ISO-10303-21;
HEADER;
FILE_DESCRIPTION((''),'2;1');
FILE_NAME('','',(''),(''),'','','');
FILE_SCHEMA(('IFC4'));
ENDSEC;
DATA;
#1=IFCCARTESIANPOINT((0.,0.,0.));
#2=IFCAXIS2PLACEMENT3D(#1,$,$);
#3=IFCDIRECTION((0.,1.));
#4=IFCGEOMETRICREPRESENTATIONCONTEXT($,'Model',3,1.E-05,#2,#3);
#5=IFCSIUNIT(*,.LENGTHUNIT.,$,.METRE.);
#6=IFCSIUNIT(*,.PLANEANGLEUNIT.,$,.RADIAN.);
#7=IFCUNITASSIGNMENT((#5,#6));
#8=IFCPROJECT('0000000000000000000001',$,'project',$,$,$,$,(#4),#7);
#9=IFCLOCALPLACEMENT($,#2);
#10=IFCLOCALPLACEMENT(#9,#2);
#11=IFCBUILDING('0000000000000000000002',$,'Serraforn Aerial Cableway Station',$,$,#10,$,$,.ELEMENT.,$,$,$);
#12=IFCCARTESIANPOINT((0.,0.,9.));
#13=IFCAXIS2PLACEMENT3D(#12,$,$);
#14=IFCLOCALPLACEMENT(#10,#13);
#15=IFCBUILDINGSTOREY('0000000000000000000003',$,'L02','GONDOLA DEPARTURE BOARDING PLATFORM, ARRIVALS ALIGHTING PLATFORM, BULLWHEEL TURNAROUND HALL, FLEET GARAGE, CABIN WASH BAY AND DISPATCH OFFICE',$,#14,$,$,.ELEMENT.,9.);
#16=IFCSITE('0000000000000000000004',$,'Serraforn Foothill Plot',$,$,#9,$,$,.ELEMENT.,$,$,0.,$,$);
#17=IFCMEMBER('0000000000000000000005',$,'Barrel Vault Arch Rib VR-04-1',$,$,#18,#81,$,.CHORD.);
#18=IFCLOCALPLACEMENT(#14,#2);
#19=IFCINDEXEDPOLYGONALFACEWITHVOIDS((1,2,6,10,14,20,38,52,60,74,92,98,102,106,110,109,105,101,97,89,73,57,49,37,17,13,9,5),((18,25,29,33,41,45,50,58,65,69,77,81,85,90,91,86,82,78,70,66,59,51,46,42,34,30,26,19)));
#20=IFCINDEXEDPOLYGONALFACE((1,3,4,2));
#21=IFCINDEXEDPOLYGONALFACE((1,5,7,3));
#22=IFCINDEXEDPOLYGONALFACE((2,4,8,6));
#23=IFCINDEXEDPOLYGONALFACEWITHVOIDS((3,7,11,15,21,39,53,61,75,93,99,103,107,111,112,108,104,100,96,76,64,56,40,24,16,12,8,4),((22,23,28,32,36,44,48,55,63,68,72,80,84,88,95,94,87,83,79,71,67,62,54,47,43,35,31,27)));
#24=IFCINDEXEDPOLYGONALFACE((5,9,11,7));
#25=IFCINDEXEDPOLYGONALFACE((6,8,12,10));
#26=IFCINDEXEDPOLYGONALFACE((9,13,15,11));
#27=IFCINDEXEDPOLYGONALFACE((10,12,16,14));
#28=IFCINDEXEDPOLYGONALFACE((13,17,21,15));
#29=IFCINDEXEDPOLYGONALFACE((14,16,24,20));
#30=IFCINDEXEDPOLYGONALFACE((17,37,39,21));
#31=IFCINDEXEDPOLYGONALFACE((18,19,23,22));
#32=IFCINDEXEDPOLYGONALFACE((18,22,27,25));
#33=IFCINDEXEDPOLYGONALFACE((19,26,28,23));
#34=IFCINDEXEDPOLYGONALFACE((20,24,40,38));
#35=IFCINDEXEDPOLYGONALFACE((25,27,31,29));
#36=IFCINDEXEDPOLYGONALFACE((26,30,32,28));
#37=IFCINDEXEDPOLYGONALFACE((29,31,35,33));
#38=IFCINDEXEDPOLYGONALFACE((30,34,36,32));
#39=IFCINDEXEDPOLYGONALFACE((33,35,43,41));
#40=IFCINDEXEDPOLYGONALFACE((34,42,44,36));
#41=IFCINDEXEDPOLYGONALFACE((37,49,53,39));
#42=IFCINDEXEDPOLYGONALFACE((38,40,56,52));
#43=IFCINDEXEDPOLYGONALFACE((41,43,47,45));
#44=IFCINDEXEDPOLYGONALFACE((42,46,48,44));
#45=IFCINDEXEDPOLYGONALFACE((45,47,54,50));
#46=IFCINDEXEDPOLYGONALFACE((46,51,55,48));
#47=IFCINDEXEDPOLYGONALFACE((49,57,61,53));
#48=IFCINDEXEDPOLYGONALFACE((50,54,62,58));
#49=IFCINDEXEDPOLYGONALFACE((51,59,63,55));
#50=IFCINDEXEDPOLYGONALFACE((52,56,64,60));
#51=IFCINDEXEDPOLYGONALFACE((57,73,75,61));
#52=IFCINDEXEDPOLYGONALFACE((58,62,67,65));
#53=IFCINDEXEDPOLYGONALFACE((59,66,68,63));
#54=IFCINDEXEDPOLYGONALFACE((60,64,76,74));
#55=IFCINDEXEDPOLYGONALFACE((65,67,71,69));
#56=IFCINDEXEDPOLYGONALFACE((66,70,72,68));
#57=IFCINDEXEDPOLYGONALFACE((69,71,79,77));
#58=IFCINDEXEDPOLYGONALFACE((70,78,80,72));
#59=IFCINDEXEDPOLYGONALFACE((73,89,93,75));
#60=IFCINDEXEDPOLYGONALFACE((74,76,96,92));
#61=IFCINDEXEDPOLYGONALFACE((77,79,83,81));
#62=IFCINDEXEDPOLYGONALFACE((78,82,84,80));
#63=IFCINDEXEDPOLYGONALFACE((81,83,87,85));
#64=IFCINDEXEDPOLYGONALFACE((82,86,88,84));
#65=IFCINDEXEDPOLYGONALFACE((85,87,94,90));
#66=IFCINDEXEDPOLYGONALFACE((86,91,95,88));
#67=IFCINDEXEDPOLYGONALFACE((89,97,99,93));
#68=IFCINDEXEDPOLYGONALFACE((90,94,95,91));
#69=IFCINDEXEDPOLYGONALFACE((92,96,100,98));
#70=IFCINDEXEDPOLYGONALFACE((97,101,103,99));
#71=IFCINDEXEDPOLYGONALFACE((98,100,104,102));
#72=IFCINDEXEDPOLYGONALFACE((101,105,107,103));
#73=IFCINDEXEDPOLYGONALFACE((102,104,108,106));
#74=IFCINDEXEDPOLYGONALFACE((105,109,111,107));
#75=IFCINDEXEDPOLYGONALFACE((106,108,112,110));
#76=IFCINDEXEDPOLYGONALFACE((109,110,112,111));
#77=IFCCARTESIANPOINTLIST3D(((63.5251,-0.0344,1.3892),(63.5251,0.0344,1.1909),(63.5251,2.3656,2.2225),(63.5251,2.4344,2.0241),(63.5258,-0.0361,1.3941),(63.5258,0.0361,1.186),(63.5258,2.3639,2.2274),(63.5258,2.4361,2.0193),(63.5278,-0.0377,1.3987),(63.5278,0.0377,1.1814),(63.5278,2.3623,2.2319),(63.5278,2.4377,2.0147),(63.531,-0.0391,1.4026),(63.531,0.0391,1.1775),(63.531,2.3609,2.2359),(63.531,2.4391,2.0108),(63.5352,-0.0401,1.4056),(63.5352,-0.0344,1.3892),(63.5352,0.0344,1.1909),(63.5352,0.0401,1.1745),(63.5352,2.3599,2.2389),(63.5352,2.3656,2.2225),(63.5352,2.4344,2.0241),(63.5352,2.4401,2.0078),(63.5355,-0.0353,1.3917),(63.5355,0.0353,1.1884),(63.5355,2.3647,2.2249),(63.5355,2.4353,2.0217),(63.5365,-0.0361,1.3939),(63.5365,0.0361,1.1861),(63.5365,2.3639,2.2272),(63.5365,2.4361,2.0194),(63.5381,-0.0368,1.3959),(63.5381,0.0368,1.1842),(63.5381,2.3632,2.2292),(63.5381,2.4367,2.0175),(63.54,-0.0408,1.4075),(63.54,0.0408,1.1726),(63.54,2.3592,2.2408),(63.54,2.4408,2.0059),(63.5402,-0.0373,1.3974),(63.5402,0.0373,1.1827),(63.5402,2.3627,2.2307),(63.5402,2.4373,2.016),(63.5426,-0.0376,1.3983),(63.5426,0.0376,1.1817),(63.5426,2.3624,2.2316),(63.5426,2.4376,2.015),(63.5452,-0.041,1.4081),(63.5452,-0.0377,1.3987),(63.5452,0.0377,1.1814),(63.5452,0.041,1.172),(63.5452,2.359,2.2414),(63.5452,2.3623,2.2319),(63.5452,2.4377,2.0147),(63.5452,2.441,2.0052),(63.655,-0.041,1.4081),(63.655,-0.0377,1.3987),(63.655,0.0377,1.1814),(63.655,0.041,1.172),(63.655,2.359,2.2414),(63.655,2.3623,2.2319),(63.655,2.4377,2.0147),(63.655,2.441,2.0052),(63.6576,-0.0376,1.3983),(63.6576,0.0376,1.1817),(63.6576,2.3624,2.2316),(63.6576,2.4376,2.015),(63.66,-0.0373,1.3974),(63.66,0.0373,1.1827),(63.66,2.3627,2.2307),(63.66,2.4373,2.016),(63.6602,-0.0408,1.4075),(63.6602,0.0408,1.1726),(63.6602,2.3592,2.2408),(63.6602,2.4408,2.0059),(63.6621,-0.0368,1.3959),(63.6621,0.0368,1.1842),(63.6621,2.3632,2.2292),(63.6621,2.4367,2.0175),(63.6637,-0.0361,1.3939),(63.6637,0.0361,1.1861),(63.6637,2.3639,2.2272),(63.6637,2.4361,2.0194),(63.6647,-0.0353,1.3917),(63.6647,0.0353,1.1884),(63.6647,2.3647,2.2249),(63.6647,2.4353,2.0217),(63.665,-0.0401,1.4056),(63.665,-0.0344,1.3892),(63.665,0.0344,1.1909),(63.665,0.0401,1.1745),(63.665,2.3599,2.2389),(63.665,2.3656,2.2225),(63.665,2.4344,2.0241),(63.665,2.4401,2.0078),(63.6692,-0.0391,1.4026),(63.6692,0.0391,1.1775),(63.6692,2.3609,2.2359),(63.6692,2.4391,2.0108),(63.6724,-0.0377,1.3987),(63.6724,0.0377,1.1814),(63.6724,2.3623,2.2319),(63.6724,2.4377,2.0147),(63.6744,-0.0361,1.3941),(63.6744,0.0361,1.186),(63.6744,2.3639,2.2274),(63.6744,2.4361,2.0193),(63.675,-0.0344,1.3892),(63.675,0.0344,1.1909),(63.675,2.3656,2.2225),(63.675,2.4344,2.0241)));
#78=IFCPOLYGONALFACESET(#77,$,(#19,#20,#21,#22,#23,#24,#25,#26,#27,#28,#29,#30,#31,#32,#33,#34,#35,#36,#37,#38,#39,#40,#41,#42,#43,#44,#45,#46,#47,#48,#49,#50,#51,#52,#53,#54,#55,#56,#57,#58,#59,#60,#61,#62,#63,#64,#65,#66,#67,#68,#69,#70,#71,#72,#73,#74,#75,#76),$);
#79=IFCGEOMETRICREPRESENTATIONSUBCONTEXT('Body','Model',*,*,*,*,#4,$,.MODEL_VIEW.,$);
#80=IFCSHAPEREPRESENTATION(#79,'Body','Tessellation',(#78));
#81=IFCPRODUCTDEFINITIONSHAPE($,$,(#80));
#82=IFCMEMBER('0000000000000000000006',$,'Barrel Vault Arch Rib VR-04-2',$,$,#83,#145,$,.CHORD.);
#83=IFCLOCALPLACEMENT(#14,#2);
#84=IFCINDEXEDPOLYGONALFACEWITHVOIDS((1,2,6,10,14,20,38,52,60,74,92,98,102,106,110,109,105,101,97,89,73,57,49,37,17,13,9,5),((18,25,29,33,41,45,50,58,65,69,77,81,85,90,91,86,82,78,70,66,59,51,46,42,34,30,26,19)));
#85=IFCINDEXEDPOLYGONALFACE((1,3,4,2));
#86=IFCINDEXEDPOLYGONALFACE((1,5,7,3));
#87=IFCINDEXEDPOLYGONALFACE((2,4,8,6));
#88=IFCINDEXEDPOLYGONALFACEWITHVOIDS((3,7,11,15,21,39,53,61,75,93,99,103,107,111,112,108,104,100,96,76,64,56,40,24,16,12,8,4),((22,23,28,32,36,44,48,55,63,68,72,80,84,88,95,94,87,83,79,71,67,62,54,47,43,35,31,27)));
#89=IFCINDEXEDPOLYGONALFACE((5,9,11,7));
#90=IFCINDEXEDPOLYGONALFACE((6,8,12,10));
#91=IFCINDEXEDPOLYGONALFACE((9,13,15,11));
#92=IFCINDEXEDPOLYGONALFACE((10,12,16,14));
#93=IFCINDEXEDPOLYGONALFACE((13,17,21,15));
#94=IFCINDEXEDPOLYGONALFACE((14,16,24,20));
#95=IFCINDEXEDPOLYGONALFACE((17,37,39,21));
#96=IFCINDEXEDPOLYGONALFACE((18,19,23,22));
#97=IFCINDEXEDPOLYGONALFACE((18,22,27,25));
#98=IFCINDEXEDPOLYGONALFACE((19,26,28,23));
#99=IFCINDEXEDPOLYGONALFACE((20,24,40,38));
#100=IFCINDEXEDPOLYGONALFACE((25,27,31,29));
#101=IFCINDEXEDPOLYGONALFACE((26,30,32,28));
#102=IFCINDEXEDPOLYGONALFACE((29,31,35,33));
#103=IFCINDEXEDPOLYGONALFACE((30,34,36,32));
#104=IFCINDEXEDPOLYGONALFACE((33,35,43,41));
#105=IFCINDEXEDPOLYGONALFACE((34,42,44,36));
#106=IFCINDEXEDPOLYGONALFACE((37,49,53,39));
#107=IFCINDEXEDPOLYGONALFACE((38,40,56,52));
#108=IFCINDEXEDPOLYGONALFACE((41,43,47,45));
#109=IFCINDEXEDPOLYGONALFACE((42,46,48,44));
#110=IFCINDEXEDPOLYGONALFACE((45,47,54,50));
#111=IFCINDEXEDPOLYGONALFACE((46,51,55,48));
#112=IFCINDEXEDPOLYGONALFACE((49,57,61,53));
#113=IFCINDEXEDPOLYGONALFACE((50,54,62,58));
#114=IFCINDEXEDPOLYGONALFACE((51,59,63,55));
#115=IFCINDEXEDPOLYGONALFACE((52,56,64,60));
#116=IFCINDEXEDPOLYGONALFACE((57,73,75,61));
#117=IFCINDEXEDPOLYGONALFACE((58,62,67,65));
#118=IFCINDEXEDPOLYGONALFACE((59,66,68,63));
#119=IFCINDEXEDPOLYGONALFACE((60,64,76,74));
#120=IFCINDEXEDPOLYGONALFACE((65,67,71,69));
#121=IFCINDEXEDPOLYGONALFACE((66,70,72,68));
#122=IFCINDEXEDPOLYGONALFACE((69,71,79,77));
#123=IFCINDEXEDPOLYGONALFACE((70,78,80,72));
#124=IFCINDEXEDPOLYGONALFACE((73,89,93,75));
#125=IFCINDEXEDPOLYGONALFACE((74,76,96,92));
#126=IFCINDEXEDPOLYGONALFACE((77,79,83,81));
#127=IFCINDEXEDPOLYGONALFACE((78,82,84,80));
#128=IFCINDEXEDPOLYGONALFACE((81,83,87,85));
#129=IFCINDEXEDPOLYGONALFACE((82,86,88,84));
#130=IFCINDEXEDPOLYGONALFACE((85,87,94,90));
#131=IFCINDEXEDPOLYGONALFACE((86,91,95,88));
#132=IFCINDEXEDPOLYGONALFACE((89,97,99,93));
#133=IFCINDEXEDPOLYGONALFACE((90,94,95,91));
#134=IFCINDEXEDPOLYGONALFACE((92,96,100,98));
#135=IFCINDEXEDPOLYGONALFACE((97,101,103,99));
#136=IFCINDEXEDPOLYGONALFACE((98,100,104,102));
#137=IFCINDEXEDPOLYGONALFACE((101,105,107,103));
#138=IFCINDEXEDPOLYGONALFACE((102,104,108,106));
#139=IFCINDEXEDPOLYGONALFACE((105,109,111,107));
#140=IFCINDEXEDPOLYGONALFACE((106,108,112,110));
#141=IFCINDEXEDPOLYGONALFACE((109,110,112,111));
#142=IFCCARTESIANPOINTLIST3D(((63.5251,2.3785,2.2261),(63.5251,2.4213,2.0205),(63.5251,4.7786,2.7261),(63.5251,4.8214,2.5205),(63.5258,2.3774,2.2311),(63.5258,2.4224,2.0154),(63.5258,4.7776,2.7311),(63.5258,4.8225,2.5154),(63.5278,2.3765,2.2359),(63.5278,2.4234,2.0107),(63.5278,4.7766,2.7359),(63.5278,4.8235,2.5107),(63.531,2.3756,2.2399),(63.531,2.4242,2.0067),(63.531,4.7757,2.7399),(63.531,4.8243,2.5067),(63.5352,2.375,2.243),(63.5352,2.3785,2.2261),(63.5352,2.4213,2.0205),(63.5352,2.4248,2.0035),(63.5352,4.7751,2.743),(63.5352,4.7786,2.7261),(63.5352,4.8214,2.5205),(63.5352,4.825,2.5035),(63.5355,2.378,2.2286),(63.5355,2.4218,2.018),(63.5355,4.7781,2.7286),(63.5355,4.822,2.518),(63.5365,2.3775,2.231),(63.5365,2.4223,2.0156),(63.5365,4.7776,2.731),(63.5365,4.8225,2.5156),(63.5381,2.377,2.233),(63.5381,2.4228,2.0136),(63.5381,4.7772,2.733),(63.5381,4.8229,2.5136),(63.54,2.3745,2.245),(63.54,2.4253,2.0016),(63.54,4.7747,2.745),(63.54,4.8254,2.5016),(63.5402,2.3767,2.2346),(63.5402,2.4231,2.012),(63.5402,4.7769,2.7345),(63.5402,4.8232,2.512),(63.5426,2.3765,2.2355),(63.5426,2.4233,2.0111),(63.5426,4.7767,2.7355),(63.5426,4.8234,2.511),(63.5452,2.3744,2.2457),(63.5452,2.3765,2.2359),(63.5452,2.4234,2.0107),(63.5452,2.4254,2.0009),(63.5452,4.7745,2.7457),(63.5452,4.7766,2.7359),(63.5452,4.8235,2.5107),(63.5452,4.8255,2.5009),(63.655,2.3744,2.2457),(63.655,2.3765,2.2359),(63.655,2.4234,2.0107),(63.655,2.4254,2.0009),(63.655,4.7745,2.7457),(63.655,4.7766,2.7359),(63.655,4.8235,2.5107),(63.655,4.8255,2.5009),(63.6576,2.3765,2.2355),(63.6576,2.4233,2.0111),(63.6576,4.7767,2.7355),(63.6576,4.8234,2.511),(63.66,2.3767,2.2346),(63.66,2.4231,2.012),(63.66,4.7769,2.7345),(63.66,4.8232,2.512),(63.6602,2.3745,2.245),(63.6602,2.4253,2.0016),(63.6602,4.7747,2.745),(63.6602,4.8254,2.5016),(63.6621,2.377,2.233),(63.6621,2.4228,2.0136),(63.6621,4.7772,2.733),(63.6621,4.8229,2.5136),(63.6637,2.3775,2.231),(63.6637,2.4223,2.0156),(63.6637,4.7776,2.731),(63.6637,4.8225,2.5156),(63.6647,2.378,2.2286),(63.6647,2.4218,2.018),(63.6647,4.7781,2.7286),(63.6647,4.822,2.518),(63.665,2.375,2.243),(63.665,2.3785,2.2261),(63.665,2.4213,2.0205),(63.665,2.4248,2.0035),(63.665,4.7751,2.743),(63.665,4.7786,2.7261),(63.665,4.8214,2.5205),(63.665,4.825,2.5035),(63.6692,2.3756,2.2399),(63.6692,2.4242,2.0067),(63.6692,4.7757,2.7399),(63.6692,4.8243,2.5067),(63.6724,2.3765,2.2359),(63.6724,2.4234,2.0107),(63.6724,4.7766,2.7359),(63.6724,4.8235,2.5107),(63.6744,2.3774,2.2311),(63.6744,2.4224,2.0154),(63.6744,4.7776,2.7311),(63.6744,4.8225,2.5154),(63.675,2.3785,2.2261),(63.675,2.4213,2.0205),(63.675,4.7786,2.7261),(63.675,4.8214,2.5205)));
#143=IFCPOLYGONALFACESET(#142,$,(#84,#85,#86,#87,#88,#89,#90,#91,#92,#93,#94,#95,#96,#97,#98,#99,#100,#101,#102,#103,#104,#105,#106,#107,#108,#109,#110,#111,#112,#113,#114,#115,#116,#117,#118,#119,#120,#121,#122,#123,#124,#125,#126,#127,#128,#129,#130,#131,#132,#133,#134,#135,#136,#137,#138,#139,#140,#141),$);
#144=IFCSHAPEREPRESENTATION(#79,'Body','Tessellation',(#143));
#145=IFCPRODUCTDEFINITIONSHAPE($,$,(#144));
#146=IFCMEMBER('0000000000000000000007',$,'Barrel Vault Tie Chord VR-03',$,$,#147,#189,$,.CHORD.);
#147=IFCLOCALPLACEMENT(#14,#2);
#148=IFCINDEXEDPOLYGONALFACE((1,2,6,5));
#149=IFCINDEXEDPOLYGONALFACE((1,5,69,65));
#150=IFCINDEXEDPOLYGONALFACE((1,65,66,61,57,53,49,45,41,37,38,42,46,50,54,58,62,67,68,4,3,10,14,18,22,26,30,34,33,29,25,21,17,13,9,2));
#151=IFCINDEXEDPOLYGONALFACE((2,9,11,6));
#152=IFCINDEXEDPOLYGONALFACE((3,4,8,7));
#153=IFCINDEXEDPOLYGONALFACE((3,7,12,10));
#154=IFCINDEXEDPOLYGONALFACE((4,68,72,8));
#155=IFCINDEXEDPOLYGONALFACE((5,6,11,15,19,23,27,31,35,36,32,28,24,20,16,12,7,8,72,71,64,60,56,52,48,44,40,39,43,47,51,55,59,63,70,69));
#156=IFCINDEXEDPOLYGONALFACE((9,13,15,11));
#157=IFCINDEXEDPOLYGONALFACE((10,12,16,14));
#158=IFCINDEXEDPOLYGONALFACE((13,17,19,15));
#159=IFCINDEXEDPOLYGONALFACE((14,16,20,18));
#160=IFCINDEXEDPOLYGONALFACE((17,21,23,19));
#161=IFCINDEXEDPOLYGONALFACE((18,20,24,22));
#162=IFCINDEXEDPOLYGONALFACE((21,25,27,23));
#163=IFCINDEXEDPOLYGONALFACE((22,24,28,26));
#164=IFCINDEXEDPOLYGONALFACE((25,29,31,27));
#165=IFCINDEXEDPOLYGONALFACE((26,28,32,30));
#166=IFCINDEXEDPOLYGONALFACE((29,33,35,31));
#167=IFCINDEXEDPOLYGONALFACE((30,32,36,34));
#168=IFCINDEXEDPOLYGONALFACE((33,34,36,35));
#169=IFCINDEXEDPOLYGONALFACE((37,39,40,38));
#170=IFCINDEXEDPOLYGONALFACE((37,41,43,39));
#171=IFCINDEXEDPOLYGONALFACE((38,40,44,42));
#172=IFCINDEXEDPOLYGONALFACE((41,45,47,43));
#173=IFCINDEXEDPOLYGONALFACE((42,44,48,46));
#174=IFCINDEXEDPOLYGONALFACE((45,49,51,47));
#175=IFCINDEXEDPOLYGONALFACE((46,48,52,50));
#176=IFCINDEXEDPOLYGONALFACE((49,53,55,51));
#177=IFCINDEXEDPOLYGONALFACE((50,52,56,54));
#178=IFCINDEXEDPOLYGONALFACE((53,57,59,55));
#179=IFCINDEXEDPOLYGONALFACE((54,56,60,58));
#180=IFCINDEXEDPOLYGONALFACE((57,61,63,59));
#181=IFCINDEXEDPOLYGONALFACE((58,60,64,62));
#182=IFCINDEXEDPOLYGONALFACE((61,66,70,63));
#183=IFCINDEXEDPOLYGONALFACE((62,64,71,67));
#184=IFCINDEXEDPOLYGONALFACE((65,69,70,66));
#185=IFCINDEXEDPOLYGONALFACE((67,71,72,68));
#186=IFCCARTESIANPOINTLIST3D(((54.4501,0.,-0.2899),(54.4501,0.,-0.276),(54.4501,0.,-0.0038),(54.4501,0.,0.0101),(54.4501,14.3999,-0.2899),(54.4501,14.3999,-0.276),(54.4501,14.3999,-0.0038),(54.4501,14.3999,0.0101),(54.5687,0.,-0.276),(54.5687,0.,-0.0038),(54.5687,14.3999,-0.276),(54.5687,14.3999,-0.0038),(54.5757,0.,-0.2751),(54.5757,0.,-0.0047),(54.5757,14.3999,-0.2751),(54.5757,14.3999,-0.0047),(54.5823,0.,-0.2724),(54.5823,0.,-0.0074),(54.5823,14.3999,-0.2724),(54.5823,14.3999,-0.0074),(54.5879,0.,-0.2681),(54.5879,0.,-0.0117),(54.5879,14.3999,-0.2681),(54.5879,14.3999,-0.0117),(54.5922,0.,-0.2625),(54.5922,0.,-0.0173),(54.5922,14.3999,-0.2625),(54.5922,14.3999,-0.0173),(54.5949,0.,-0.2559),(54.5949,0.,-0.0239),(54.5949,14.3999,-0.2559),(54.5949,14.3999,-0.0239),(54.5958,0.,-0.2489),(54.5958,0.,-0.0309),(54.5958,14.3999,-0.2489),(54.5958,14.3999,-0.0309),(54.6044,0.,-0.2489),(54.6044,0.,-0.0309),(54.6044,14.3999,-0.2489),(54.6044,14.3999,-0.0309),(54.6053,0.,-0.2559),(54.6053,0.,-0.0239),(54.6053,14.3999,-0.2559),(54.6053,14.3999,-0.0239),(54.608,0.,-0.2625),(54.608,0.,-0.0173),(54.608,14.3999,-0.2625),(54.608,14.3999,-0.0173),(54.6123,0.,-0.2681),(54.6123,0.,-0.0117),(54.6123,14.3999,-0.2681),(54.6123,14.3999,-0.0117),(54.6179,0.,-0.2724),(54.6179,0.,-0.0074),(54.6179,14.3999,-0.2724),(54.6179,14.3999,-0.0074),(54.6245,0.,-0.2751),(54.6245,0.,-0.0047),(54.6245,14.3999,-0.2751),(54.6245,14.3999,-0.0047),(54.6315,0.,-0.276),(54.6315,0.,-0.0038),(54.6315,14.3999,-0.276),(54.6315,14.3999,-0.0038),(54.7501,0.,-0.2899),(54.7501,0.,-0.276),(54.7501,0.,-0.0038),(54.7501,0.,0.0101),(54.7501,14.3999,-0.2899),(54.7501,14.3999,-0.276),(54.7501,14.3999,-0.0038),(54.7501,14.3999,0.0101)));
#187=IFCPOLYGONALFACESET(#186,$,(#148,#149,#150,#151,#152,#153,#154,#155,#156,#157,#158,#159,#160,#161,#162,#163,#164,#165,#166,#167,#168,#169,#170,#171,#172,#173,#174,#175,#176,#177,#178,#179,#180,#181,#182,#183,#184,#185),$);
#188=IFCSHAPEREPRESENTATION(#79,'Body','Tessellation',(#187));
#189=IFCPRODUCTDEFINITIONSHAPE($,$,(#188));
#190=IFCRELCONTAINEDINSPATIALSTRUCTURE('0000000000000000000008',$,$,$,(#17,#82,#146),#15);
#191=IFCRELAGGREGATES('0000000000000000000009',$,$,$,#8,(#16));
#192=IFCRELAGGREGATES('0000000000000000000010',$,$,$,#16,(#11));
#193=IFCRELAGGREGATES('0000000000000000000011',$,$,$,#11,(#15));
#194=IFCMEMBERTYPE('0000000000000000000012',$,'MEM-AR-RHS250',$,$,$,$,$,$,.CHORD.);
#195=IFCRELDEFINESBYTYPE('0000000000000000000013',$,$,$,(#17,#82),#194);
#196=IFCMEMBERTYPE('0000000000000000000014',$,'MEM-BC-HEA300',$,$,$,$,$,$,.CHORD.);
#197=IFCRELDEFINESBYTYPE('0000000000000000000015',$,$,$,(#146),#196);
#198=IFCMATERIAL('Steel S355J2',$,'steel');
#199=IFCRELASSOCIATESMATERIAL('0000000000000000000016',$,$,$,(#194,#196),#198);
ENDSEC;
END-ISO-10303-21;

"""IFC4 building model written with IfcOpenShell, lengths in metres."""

from ifc_helpers import new_model, si_unit, direction, frame, origin, origin_2d, place, context, subcontext, project, spatial, hollow_rectangle, i_section, extrude, material, material_profile, profile_set, type_object, element, save


model = new_model("IFC4")

# Units and contexts
model_context = context("Model", 3, precision=1e-05, world=origin(), true_north=direction((0.0, 1.0)))
body_context = subcontext(model_context, "Body", "Model", "MODEL_VIEW")
ifc_project = project(units=[si_unit("LENGTHUNIT", "METRE"), si_unit("PLANEANGLEUNIT", "RADIAN")], contexts=[model_context])

# Site, building, storey
site_placement = place(None, origin())
site = spatial("IfcSite", under=ifc_project, at=site_placement, Name="Serraforn Foothill Plot", CompositionType="ELEMENT", RefElevation=0.0)
building_placement = place(site_placement, origin())
building = spatial("IfcBuilding", under=site, at=building_placement, Name="Serraforn Aerial Cableway Station", CompositionType="ELEMENT")
storey_placement = place(building_placement, frame((0.0, 0.0, 9.0)))
storey = spatial("IfcBuildingStorey", under=building, at=storey_placement, Name="L02", Description="GONDOLA DEPARTURE BOARDING PLATFORM, ARRIVALS ALIGHTING PLATFORM, BULLWHEEL TURNAROUND HALL, FLEET GARAGE, CABIN WASH BAY AND DISPATCH OFFICE", CompositionType="ELEMENT", Elevation=9.0)

# Members
ifc_material_1 = material(Name="Steel S355J2", Category="steel")
ifc_material_profile_1 = material_profile(ifc_material_1, hollow_rectangle(XDim=0.1499, YDim=0.25, WallThickness=0.01, InnerFilletRadius=0.01, OuterFilletRadius=0.02, at=origin_2d()), Name="RHS 250x150x10.0")
ifc_profile_set_1 = profile_set([ifc_material_profile_1], Name="Steel S355J2")
member_type_1 = type_object("IfcMemberType", Name="MEM-AR-RHS250", PredefinedType="CHORD", material=ifc_profile_set_1)
member_1_placement = place(storey_placement, frame((63.6001, 0.0, 1.29), z_axis=(0.0, 0.944679, 0.327995), x_axis=(-1.0, 0.0, 0.0)))
element("IfcMember", 1, at=member_1_placement, inside=storey, type_object=member_type_1, Name="Barrel Vault Arch Rib VR-04-1", PredefinedType="CHORD", context=body_context, shape_type="SweptSolid", body=[
    extrude(hollow_rectangle(XDim=0.1499, YDim=0.25, WallThickness=0.01, InnerFilletRadius=0.01, OuterFilletRadius=0.02, at=origin_2d()), origin(), (0.0, 0.0, 1.0), 2.5405),
])
member_2_placement = place(storey_placement, frame((63.6001, 2.3999, 2.1233), z_axis=(0.0, 0.978983, 0.203942), x_axis=(-1.0, 0.0, 0.0)))
element("IfcMember", 2, at=member_2_placement, inside=storey, type_object=member_type_1, Name="Barrel Vault Arch Rib VR-04-2", PredefinedType="CHORD", context=body_context, shape_type="SweptSolid", body=[
    extrude(hollow_rectangle(XDim=0.1499, YDim=0.25, WallThickness=0.01, InnerFilletRadius=0.01, OuterFilletRadius=0.02, at=origin_2d()), origin(), (0.0, 0.0, 1.0), 2.4517),
])
ifc_material_profile_2 = material_profile(ifc_material_1, i_section(OverallWidth=0.3, OverallDepth=0.3, WebThickness=0.0085, FlangeThickness=0.0139, FilletRadius=0.0271, at=origin_2d()), Name="HEA 300")
ifc_profile_set_2 = profile_set([ifc_material_profile_2], Name="Steel S355J2")
member_type_2 = type_object("IfcMemberType", Name="MEM-BC-HEA300", PredefinedType="CHORD", material=ifc_profile_set_2)
for number, where, z_axis, x_axis, name in (
    (3, (54.6001, 0.0, -0.1399), (0.0, 1.0, 0.0), (-1.0, 0.0, 0.0), "Barrel Vault Tie Chord VR-03"),
):
    element("IfcMember", number, at=place(storey_placement, frame(where, z_axis=z_axis, x_axis=x_axis)), inside=storey, type_object=member_type_2, Name=name, PredefinedType="CHORD", context=body_context, shape_type="SweptSolid", body=[
        extrude(i_section(OverallWidth=0.3, OverallDepth=0.3, WebThickness=0.0085, FlangeThickness=0.0139, FilletRadius=0.0271, at=origin_2d()), origin(), (0.0, 0.0, 1.0), 14.3999),
    ])

save(model, "model.ifc")
